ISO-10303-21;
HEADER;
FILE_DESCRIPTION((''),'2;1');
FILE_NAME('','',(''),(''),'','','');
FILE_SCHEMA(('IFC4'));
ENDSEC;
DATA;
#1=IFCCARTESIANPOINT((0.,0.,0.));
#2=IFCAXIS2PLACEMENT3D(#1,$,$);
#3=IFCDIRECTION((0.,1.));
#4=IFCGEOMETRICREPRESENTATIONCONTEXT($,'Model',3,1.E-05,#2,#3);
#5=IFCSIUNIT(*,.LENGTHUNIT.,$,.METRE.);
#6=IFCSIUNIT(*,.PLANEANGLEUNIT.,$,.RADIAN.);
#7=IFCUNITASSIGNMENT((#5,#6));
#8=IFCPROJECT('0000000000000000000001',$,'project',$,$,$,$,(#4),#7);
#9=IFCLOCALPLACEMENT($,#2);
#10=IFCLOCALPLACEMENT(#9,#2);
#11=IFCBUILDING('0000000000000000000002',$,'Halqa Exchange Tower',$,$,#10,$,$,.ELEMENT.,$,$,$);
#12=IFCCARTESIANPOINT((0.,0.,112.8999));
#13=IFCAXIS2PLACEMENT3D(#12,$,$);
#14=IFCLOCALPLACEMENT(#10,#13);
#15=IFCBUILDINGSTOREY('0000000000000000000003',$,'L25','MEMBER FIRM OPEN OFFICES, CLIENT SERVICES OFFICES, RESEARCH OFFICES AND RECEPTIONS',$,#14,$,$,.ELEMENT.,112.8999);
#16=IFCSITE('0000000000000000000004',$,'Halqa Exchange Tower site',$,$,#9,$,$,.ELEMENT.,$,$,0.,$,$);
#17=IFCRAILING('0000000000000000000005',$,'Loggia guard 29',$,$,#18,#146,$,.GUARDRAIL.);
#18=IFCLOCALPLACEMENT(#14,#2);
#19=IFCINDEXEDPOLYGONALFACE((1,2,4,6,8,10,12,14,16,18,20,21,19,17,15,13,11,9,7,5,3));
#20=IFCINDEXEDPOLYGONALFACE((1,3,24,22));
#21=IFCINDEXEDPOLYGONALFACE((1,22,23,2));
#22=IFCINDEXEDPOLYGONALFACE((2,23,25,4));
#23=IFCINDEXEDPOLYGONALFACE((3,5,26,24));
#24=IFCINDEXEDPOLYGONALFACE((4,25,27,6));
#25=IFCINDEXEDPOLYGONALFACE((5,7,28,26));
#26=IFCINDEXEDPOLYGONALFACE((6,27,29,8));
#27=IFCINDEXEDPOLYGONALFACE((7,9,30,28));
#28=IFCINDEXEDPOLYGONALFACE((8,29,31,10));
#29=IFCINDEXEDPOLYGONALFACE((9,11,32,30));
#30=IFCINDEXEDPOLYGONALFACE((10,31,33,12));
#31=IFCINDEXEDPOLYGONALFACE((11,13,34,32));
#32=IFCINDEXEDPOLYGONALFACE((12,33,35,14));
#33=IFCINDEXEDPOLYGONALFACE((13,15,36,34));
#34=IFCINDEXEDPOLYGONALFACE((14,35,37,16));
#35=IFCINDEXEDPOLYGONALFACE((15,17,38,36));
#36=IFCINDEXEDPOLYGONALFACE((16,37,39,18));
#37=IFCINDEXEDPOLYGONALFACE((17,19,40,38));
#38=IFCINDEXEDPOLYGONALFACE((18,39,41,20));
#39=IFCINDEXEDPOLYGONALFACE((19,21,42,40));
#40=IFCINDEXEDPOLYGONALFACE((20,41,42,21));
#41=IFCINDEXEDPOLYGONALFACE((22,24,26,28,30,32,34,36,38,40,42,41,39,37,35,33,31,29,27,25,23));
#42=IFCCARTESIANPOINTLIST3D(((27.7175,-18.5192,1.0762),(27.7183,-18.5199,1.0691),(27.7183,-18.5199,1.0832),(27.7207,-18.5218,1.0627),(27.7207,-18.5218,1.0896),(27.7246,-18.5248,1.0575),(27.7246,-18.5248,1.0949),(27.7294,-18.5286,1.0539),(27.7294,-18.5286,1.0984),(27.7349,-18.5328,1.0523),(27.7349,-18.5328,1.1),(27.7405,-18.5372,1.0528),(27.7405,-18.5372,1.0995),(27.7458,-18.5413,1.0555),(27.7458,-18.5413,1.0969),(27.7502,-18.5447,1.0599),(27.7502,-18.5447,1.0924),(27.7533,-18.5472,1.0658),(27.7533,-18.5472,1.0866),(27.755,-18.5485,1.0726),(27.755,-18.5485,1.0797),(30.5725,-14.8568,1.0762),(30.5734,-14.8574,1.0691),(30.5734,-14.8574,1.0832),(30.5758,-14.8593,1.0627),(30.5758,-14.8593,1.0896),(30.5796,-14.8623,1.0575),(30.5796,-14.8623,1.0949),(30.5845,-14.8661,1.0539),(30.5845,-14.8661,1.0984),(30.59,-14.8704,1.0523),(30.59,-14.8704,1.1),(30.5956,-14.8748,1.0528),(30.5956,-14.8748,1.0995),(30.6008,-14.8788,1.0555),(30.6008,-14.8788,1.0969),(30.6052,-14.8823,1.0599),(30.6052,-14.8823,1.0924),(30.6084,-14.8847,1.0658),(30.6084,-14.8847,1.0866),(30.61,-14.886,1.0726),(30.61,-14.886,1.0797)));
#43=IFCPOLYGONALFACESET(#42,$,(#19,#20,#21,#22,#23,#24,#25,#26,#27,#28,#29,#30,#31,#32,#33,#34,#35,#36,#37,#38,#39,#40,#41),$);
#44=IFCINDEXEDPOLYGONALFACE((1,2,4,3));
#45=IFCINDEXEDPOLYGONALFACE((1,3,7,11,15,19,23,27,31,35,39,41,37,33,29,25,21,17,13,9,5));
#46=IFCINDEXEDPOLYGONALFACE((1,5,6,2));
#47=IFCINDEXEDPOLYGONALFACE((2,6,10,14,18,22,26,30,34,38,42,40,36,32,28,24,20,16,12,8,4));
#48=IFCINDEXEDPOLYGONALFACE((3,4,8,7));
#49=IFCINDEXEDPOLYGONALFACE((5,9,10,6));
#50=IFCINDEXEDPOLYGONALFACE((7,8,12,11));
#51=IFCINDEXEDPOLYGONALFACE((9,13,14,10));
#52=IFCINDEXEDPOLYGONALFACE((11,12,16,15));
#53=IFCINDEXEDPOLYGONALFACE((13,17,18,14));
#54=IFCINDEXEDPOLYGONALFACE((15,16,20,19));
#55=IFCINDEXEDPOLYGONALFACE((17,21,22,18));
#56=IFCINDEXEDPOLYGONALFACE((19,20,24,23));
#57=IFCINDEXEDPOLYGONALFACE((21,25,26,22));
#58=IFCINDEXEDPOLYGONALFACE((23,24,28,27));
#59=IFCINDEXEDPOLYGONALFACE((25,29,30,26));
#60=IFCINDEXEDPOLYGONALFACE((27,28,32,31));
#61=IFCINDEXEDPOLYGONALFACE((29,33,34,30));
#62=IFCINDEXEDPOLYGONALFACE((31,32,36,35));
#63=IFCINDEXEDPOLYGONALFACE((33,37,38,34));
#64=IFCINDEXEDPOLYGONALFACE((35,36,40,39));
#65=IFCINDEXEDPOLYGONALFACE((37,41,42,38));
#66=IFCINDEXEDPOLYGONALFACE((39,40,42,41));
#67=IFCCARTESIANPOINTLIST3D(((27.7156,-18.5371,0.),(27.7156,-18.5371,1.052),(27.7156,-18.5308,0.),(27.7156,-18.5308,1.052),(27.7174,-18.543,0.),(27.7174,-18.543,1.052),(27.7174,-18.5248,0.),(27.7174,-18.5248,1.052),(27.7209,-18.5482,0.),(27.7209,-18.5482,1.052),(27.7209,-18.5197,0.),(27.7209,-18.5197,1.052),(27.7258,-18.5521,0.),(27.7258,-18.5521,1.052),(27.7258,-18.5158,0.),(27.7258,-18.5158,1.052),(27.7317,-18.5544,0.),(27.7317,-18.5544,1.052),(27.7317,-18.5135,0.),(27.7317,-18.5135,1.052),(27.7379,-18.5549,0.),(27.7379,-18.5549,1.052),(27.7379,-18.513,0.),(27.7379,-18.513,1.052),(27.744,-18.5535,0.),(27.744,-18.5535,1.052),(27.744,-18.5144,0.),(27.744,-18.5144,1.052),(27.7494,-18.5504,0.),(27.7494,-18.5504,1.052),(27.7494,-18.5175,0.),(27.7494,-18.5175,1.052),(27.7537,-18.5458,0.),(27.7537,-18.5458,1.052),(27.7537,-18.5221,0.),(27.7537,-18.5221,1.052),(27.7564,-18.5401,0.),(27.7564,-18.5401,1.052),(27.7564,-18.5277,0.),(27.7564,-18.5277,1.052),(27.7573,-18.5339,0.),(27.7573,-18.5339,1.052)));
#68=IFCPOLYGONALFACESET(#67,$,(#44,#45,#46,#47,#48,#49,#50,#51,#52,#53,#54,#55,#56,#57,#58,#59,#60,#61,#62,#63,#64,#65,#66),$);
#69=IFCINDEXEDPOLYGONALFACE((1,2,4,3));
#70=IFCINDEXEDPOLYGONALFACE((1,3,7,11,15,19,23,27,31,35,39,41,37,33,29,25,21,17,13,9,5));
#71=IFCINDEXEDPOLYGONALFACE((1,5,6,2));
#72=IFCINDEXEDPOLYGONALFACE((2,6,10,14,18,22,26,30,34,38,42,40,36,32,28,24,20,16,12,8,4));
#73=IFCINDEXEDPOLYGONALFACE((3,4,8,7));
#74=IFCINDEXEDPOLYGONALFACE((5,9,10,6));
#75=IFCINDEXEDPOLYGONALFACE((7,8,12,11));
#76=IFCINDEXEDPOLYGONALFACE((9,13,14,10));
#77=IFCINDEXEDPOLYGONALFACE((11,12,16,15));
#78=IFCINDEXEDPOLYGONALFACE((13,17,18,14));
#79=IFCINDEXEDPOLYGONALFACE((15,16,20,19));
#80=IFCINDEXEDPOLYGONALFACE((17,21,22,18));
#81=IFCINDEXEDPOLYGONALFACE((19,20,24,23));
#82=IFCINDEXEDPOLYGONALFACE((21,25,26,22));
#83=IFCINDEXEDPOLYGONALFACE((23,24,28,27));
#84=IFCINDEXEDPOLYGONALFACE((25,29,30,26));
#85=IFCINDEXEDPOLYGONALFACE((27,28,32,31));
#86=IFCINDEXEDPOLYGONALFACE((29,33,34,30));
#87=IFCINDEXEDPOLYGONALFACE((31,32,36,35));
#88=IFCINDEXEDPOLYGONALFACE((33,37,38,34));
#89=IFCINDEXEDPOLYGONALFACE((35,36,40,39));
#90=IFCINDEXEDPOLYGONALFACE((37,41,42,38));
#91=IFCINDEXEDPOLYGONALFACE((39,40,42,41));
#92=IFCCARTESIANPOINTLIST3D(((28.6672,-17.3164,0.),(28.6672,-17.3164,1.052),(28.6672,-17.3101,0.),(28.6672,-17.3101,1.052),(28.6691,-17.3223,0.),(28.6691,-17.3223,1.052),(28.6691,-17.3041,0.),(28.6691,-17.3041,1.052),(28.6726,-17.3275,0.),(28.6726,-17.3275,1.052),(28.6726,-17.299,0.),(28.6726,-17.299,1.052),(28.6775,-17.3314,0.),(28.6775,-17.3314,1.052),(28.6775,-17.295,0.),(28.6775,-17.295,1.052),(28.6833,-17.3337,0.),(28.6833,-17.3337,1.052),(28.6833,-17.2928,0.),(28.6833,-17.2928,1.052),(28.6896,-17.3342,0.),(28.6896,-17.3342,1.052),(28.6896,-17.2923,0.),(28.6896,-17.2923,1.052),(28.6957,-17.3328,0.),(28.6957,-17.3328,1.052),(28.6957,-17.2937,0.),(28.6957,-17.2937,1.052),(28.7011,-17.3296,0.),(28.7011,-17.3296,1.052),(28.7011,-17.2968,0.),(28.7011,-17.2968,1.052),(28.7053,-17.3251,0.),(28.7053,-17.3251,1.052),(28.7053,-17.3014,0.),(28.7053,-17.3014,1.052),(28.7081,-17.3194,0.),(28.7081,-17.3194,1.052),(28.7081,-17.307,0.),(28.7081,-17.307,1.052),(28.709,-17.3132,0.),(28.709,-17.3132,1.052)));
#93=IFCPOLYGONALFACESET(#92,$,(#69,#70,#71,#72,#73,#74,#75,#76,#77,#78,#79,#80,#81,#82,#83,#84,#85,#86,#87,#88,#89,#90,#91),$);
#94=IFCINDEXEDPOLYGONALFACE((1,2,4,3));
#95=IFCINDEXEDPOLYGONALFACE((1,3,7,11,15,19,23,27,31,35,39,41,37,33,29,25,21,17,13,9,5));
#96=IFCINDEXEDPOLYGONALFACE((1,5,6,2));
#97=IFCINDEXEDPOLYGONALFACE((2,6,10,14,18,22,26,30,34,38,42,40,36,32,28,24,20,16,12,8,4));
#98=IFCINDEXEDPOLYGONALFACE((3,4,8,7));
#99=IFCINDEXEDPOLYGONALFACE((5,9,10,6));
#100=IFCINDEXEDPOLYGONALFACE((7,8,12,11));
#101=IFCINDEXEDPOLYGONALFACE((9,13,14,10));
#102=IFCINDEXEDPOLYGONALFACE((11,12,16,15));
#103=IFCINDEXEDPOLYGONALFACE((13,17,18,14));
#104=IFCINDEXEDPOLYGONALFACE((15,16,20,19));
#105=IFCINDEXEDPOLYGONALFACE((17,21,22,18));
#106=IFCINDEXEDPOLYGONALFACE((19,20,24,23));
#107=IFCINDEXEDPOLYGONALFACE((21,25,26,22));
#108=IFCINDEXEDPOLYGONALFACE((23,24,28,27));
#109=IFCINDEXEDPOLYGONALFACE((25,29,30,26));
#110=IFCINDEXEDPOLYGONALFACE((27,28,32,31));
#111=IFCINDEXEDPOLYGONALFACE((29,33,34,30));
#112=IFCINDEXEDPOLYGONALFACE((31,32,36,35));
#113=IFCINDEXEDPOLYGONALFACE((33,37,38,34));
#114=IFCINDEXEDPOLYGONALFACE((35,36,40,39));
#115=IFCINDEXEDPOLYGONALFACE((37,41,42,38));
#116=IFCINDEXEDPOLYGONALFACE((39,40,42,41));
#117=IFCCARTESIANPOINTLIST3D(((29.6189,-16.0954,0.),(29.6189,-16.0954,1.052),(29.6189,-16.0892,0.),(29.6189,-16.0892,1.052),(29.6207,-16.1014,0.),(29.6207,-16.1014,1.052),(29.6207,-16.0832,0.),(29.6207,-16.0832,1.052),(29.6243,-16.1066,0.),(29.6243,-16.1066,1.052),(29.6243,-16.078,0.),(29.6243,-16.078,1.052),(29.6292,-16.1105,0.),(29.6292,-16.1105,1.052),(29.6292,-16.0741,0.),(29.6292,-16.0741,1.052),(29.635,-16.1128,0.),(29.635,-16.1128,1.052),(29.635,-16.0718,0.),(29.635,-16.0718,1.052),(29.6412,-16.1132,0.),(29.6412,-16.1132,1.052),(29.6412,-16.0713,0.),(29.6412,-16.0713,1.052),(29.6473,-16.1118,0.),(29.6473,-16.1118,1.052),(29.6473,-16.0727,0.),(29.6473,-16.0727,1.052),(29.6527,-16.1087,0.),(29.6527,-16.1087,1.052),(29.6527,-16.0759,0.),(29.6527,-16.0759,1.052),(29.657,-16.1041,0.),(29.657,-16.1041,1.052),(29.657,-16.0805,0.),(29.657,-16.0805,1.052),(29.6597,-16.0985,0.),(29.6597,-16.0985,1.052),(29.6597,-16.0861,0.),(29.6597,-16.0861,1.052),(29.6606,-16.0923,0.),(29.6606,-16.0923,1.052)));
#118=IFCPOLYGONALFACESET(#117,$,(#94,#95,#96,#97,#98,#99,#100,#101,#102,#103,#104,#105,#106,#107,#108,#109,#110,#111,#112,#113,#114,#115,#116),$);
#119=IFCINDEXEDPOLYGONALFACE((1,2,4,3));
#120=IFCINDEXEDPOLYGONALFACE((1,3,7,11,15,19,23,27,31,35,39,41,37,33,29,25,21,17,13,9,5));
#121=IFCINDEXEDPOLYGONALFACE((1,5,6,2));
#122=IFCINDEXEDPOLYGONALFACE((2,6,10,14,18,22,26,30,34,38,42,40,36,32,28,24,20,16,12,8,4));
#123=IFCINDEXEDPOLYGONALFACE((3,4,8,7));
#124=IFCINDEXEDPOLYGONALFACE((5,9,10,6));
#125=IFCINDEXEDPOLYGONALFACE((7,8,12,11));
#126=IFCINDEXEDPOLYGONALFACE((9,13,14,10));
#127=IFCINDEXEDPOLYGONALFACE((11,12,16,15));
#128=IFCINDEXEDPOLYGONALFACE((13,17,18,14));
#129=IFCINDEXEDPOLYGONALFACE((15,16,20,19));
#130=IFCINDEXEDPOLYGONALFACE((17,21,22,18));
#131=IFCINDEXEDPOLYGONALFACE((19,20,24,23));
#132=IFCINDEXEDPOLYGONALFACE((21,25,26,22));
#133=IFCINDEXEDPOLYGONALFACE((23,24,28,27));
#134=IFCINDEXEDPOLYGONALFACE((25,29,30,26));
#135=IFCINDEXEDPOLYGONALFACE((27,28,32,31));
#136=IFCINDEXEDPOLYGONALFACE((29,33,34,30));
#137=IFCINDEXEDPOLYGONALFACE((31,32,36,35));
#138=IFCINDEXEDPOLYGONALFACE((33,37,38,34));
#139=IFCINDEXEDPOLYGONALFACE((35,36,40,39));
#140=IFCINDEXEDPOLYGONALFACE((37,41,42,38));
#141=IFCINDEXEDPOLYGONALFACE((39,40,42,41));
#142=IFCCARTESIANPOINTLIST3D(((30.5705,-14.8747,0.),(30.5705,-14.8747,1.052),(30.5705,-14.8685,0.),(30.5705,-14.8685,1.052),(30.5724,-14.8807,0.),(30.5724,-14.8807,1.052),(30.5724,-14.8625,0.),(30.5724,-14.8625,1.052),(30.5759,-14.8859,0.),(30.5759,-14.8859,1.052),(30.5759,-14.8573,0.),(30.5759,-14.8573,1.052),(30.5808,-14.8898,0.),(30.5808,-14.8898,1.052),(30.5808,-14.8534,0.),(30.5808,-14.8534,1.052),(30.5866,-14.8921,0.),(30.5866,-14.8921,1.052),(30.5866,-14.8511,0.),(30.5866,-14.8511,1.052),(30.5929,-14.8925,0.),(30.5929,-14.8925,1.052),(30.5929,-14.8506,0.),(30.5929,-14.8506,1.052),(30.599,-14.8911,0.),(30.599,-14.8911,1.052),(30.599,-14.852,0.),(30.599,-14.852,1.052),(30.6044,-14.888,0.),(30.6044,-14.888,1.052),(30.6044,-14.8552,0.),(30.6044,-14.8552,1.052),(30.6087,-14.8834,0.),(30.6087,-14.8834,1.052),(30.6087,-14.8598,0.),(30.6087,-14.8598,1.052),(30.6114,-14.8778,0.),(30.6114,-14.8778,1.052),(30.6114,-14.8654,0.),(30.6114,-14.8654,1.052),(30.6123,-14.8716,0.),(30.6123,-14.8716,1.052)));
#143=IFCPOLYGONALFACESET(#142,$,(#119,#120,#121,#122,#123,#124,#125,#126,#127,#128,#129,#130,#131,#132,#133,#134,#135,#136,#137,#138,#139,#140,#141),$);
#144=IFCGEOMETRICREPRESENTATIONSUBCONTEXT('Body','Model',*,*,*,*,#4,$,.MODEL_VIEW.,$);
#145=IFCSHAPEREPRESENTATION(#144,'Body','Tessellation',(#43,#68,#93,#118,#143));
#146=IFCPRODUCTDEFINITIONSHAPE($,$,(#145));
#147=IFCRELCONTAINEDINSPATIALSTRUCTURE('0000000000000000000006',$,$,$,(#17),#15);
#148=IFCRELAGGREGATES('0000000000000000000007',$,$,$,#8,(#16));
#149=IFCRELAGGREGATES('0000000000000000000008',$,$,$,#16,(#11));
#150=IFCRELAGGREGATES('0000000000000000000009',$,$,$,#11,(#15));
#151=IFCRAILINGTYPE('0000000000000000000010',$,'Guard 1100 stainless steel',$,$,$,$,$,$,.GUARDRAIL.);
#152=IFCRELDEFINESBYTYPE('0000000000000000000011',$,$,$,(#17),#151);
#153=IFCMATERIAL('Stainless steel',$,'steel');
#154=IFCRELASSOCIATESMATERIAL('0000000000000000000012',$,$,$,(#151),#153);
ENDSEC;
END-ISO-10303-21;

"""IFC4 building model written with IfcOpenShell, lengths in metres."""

from ifc_helpers import new_model, si_unit, direction, frame, origin, origin_2d, place, context, subcontext, project, spatial, circle, extrude, material, type_object, element, save


model = new_model("IFC4")

# Units and contexts
model_context = context("Model", 3, precision=1e-05, world=origin(), true_north=direction((0.0, 1.0)))
body_context = subcontext(model_context, "Body", "Model", "MODEL_VIEW")
ifc_project = project(units=[si_unit("LENGTHUNIT", "METRE"), si_unit("PLANEANGLEUNIT", "RADIAN")], contexts=[model_context])

# Site, building, storey
site_placement = place(None, origin())
site = spatial("IfcSite", under=ifc_project, at=site_placement, Name="Halqa Exchange Tower site", CompositionType="ELEMENT", RefElevation=0.0)
building_placement = place(site_placement, origin())
building = spatial("IfcBuilding", under=site, at=building_placement, Name="Halqa Exchange Tower", CompositionType="ELEMENT")
storey_placement = place(building_placement, frame((0.0, 0.0, 112.8999)))
storey = spatial("IfcBuildingStorey", under=building, at=storey_placement, Name="L25", Description="MEMBER FIRM OPEN OFFICES, CLIENT SERVICES OFFICES, RESEARCH OFFICES AND RECEPTIONS", CompositionType="ELEMENT", Elevation=112.8999)

# Railing
ifc_material_1 = material(Name="Stainless steel", Category="steel")
railing_type = type_object("IfcRailingType", Name="Guard 1100 stainless steel", PredefinedType="GUARDRAIL", material=ifc_material_1)
railing_1_placement = place(storey_placement, frame((27.7363, -18.5339, 0.0)))
element("IfcRailing", 1, at=railing_1_placement, inside=storey, type_object=railing_type, Name="Loggia guard 29", PredefinedType="GUARDRAIL", context=body_context, shape_type="SweptSolid", body=[
    extrude(circle(Radius=0.0239, at=origin_2d()), frame((0.0, 0.0, 1.0762), z_axis=(0.61481, 0.788675, 0.0), x_axis=(-0.788675, 0.61481, 0.0)), (0.0, 0.0, 1.0), 4.6438),
    extrude(circle(Radius=0.021, at=origin_2d()), origin(), (0.0, 0.0, 1.0), 1.052),
    extrude(circle(Radius=0.021, at=origin_2d()), frame((0.9517, 1.2207, 0.0)), (0.0, 0.0, 1.0), 1.052),
    extrude(circle(Radius=0.021, at=origin_2d()), frame((1.9033, 2.4417, 0.0)), (0.0, 0.0, 1.0), 1.052),
    extrude(circle(Radius=0.021, at=origin_2d()), frame((2.855, 3.6624, 0.0)), (0.0, 0.0, 1.0), 1.052),
])

save(model, "model.ifc")
